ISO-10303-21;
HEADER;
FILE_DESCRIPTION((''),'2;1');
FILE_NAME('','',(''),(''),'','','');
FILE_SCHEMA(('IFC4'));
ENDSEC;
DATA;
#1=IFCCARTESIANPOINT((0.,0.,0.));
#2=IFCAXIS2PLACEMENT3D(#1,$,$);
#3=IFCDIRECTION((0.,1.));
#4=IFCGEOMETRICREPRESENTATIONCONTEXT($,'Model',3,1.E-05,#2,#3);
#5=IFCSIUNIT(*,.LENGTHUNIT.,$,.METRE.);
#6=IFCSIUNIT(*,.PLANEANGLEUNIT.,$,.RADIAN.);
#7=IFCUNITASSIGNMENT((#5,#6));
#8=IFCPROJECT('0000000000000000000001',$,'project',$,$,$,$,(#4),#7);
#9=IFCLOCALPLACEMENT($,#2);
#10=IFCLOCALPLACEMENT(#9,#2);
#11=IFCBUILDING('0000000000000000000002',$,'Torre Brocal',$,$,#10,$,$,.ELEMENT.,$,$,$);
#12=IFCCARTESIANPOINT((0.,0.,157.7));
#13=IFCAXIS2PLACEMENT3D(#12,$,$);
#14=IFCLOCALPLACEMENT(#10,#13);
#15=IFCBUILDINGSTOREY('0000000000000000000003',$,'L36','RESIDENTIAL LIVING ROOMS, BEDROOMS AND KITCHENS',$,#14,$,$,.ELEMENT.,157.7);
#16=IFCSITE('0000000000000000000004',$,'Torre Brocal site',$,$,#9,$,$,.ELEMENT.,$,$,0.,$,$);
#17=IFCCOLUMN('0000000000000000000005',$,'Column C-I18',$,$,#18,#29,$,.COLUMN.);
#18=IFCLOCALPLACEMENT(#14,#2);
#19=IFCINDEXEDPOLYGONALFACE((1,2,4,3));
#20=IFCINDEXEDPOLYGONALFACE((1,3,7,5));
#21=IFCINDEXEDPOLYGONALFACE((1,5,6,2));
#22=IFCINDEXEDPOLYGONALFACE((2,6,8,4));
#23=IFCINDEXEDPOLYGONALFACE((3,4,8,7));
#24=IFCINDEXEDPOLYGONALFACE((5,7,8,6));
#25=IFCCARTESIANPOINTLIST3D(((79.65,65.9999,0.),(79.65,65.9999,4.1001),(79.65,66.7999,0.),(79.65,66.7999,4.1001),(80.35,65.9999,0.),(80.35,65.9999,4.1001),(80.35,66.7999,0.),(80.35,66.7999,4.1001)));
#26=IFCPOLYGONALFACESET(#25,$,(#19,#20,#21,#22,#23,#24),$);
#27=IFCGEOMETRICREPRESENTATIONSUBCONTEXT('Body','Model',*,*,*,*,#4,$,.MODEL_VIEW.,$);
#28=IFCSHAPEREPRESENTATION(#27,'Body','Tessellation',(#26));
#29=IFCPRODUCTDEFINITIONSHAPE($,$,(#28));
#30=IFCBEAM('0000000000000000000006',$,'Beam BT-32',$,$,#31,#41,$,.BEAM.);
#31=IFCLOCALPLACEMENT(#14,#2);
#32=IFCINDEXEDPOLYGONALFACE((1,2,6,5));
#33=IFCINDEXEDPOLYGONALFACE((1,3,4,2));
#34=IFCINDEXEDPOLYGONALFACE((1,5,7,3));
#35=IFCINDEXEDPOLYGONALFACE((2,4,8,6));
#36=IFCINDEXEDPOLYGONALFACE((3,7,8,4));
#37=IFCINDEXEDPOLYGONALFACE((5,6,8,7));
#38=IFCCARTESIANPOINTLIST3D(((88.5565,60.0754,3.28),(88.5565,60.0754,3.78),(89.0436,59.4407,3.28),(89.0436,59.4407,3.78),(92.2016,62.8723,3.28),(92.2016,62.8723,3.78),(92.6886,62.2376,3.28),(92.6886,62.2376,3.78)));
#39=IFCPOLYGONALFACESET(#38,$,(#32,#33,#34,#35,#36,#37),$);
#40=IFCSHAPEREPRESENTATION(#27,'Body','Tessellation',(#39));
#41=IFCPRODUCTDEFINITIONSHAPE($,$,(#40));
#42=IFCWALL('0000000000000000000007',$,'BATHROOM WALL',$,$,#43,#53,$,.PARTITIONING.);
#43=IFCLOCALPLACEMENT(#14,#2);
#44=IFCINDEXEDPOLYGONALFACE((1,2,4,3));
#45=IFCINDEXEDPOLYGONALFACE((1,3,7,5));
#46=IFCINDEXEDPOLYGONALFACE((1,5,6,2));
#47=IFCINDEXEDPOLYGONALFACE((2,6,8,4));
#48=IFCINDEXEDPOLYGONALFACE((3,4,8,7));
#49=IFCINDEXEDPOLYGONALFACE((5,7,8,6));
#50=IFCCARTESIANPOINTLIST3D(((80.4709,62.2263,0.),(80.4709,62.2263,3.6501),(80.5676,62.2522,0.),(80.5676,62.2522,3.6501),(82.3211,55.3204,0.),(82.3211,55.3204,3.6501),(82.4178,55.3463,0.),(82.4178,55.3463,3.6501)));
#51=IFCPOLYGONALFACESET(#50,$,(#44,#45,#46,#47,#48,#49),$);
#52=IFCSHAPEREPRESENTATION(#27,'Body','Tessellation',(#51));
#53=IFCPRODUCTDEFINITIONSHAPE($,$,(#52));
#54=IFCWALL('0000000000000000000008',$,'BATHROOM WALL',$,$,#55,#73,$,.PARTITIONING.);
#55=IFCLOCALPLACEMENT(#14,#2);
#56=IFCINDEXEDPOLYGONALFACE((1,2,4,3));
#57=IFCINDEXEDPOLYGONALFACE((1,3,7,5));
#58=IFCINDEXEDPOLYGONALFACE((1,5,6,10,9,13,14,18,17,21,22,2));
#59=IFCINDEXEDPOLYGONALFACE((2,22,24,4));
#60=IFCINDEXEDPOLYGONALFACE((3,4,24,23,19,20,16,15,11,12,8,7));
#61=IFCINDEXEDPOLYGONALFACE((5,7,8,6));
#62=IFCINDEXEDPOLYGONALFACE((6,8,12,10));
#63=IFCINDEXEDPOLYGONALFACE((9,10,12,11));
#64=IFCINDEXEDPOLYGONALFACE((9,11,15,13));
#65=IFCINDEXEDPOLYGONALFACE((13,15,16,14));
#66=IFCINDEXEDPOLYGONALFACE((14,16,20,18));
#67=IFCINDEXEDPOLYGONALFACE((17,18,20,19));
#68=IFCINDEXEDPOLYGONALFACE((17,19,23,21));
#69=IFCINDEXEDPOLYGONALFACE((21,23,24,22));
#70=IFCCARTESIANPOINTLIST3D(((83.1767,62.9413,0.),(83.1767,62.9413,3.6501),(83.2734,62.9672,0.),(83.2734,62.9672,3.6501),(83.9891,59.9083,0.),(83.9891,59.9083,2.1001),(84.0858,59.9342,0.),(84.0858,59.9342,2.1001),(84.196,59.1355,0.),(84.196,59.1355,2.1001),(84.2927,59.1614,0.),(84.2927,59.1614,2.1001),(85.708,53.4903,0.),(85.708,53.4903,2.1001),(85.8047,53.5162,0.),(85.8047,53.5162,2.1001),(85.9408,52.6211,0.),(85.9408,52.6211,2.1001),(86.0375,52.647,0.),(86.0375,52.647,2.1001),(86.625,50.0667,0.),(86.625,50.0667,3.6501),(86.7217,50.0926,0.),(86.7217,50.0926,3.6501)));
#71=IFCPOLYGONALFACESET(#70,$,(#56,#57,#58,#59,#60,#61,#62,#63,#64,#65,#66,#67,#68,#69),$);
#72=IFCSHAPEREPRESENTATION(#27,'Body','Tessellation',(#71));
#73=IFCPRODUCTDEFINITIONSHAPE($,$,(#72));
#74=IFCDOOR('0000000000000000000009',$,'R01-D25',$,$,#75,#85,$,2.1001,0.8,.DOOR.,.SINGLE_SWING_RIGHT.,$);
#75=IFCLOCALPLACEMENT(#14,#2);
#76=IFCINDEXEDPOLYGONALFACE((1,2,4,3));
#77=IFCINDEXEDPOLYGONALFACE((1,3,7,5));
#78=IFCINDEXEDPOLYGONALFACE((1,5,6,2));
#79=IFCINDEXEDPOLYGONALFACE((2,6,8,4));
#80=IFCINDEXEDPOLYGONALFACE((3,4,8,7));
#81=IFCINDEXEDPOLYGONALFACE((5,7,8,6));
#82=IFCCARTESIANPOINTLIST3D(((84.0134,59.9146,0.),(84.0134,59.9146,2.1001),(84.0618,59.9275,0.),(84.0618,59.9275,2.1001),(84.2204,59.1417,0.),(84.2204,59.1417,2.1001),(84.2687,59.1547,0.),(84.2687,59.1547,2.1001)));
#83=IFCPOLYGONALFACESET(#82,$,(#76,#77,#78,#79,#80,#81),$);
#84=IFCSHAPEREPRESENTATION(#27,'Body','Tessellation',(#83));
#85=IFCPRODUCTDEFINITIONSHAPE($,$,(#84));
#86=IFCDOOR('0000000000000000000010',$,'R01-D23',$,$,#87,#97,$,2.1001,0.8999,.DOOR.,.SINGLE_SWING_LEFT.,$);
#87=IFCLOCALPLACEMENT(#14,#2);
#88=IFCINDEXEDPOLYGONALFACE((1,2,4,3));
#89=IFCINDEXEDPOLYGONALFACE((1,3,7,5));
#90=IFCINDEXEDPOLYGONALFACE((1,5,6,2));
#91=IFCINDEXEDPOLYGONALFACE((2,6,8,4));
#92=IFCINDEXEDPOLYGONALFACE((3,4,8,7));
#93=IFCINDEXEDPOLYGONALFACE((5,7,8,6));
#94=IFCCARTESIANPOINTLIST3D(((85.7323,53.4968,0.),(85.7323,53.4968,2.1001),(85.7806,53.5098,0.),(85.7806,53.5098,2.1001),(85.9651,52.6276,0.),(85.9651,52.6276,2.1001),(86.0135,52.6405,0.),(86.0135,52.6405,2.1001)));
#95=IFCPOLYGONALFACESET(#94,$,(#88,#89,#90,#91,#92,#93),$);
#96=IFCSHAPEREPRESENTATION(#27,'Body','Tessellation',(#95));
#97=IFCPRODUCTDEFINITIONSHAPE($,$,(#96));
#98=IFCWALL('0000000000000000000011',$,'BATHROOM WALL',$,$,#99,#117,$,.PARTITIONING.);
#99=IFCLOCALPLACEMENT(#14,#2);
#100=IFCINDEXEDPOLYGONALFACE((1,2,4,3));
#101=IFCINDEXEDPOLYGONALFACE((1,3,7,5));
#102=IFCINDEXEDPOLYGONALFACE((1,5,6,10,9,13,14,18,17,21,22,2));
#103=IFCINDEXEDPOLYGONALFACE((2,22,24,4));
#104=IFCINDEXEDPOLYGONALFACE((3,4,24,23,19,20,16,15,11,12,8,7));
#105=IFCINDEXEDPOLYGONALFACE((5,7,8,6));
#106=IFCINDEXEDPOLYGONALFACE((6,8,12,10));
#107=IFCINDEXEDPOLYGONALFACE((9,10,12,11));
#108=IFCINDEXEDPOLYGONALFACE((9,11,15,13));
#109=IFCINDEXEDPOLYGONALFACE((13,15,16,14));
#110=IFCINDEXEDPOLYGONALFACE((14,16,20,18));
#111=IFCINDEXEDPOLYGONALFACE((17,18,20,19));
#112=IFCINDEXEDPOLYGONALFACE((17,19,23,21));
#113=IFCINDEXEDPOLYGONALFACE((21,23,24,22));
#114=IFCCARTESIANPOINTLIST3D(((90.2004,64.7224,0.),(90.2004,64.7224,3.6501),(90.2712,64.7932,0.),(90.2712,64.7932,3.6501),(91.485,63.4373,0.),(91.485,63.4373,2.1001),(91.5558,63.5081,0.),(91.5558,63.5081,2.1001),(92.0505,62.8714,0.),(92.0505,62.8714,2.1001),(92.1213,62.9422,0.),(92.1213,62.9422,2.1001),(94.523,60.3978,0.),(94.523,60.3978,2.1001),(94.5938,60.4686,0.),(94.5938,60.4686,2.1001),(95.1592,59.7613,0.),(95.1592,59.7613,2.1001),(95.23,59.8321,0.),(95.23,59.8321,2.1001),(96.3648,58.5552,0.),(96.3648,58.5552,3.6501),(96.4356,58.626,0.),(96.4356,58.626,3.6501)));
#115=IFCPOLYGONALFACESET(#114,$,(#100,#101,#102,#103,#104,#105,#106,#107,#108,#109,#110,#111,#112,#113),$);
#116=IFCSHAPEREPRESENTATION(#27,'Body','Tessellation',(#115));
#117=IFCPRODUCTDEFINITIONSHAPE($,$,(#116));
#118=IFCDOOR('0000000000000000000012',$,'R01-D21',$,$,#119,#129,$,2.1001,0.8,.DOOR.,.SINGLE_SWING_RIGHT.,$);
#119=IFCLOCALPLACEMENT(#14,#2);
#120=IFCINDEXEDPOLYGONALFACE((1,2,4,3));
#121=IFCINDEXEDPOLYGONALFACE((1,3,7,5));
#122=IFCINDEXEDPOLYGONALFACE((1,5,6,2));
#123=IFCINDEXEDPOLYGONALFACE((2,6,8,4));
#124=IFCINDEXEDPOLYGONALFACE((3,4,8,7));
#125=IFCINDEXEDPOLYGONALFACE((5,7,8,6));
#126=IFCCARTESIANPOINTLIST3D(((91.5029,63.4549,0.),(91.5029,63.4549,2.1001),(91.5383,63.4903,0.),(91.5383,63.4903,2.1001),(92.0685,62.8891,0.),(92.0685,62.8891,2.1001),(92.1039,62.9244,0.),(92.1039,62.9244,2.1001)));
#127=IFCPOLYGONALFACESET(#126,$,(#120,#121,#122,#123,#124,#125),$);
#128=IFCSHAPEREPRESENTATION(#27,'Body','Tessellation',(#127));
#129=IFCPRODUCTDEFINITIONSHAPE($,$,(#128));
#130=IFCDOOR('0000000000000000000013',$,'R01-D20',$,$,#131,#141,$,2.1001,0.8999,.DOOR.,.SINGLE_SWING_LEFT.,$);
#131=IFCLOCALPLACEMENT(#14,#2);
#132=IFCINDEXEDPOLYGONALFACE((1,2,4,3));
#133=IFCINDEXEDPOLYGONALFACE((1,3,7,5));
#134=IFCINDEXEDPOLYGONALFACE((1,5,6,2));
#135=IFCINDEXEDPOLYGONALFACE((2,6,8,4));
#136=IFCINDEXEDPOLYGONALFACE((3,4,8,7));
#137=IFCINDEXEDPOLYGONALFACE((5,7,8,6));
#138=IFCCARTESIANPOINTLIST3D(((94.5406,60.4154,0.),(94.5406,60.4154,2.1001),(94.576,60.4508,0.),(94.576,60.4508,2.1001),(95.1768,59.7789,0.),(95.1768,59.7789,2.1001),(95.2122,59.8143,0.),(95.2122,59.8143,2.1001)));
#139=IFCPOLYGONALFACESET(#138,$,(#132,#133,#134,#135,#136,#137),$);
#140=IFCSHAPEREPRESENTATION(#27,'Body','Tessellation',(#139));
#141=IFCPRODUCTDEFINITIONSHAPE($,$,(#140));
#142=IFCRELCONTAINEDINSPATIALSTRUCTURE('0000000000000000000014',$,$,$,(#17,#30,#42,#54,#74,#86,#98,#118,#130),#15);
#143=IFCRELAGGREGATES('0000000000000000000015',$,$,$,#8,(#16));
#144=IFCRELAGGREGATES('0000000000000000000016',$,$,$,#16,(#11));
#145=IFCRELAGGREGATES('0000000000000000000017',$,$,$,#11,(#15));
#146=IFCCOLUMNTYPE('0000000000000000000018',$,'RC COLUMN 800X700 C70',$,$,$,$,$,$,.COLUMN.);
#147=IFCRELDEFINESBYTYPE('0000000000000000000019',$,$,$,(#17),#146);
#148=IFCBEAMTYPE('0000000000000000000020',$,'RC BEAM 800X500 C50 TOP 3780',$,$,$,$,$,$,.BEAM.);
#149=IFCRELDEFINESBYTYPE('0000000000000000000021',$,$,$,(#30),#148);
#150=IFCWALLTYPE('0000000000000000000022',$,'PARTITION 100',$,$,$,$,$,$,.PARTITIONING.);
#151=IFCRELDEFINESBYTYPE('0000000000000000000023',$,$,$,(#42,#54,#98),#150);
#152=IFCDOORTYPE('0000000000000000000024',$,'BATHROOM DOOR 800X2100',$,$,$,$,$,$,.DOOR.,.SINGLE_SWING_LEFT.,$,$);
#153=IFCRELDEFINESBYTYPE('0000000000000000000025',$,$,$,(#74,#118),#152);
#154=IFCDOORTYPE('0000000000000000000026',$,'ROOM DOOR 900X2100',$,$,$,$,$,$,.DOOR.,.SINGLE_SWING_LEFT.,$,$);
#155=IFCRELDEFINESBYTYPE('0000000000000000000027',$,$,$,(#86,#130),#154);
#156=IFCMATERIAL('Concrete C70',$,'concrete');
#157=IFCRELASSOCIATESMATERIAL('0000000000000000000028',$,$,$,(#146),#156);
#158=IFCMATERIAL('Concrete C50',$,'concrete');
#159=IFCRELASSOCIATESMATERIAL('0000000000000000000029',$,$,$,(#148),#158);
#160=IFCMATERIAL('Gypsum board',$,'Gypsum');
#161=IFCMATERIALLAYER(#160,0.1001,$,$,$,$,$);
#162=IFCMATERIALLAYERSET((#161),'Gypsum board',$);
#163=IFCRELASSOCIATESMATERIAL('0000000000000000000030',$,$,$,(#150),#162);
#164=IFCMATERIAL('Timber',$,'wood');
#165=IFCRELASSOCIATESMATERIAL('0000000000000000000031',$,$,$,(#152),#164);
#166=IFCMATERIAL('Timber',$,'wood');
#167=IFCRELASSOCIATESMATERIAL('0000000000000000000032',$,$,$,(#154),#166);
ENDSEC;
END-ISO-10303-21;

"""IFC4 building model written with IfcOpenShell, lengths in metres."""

from ifc_helpers import new_model, si_unit, direction, frame, frame_2d, origin, origin_2d, place, context, subcontext, project, spatial, rectangle, extrude, material, layer, layer_set, material_profile, profile_set, type_object, element, fill, save


model = new_model("IFC4")

# Units and contexts
model_context = context("Model", 3, precision=1e-05, world=origin(), true_north=direction((0.0, 1.0)))
body_context = subcontext(model_context, "Body", "Model", "MODEL_VIEW")
ifc_project = project(units=[si_unit("LENGTHUNIT", "METRE"), si_unit("PLANEANGLEUNIT", "RADIAN")], contexts=[model_context])

# Site, building, storey
site_placement = place(None, origin())
site = spatial("IfcSite", under=ifc_project, at=site_placement, Name="Torre Brocal site", CompositionType="ELEMENT", RefElevation=0.0)
building_placement = place(site_placement, origin())
building = spatial("IfcBuilding", under=site, at=building_placement, Name="Torre Brocal", CompositionType="ELEMENT")
storey_placement = place(building_placement, frame((0.0, 0.0, 157.7)))
storey = spatial("IfcBuildingStorey", under=building, at=storey_placement, Name="L36", Description="RESIDENTIAL LIVING ROOMS, BEDROOMS AND KITCHENS", CompositionType="ELEMENT", Elevation=157.7)

# Column
ifc_material_1 = material(Name="Concrete C70", Category="concrete")
ifc_material_profile_1 = material_profile(ifc_material_1, rectangle(XDim=0.8, YDim=0.7, at=origin_2d()), Name="RC 800X700")
ifc_profile_set_1 = profile_set([ifc_material_profile_1], Name="Concrete C70")
column_type = type_object("IfcColumnType", Name="RC COLUMN 800X700 C70", PredefinedType="COLUMN", material=ifc_profile_set_1)
column_placement = place(storey_placement, frame((80.0, 66.3999, 0.0), z_axis=(0.0, 0.0, 1.0), x_axis=(0.0, -1.0, 0.0)))
element("IfcColumn", 1, at=column_placement, inside=storey, type_object=column_type, Name="Column C-I18", PredefinedType="COLUMN", context=body_context, shape_type="SweptSolid", body=[
    extrude(rectangle(XDim=0.8, YDim=0.7, at=origin_2d()), origin(), (0.0, 0.0, 1.0), 4.1001),
])

# Beam
ifc_material_2 = material(Name="Concrete C50", Category="concrete")
ifc_material_profile_2 = material_profile(ifc_material_2, rectangle(XDim=0.8, YDim=0.5, at=origin_2d()), Name="RC 800X500")
ifc_profile_set_2 = profile_set([ifc_material_profile_2], Name="Concrete C50")
beam_type = type_object("IfcBeamType", Name="RC BEAM 800X500 C50 TOP 3780", PredefinedType="BEAM", material=ifc_profile_set_2)
beam_placement = place(storey_placement, frame((88.8, 59.7581, 3.53), z_axis=(0.793358, 0.608755, 0.0), x_axis=(-0.608755, 0.793358, 0.0)))
element("IfcBeam", 2, at=beam_placement, inside=storey, type_object=beam_type, Name="Beam BT-32", PredefinedType="BEAM", context=body_context, shape_type="SweptSolid", body=[
    extrude(rectangle(XDim=0.8, YDim=0.5, at=origin_2d()), origin(), (0.0, 0.0, 1.0), 4.5945),
])

# Wall
ifc_material_3 = material(Name="Gypsum board", Category="Gypsum")
ifc_layer_1 = layer(ifc_material_3, 0.1001)
ifc_layer_set_1 = layer_set([ifc_layer_1], Name="Gypsum board")
wall_type_1 = type_object("IfcWallType", Name="PARTITION 100", PredefinedType="PARTITIONING", material=ifc_layer_set_1)
wall_1_placement = place(storey_placement, frame((80.5193, 62.2393, 0.0), z_axis=(0.0, 0.0, 1.0), x_axis=(0.25878, -0.965936, 0.0)))
element("IfcWall", 3, at=wall_1_placement, inside=storey, type_object=wall_type_1, Name="BATHROOM WALL", PredefinedType="PARTITIONING", context=body_context, shape_type="SweptSolid", body=[
    extrude(rectangle(XDim=7.1494, YDim=0.1001, at=frame_2d((3.5747, 0.0))), origin(), (0.0, 0.0, 1.0), 3.6501),
])

# Walls, openings, doors
wall_2_placement = place(storey_placement, frame((83.2251, 62.9541, 0.0), z_axis=(0.0, 0.0, 1.0), x_axis=(0.258716, -0.965953, 0.0)))
wall_2 = element("IfcWall", 4, at=wall_2_placement, inside=storey, type_object=wall_type_1, Name="BATHROOM WALL", PredefinedType="PARTITIONING", context=body_context, shape_type="SweptSolid", body=[
    extrude(rectangle(XDim=13.3284, YDim=0.1001, at=frame_2d((6.6641, 0.0))), origin(), (0.0, 0.0, 1.0), 3.6501),
])
opening_1_placement = place(wall_2_placement, frame((9.7839, 0.0, 0.0)))
opening_1 = element("IfcOpeningElement", 5, at=opening_1_placement, cuts=wall_2, PredefinedType="OPENING", context=body_context, shape_type="SweptSolid", body=[
    extrude(rectangle(XDim=0.8999, YDim=2.1001, at=frame_2d((0.45, 1.05))), frame((0.0, 0.0601, 0.0), z_axis=(0.0, -1.0, 0.0), x_axis=(1.0, 0.0, 0.0)), (0.0, 0.0, 1.0), 0.1201),
])
opening_2_placement = place(wall_2_placement, frame((3.1399, 0.0, 0.0)))
opening_2 = element("IfcOpeningElement", 6, at=opening_2_placement, cuts=wall_2, PredefinedType="OPENING", context=body_context, shape_type="SweptSolid", body=[
    extrude(rectangle(XDim=0.8, YDim=2.1001, at=frame_2d((0.3999, 1.05))), frame((0.0, 0.0601, 0.0), z_axis=(0.0, -1.0, 0.0), x_axis=(1.0, 0.0, 0.0)), (0.0, 0.0, 1.0), 0.1201),
])
ifc_material_4 = material(Name="Timber", Category="wood")
door_type_1 = type_object("IfcDoorType", Name="BATHROOM DOOR 800X2100", OperationType="SINGLE_SWING_LEFT", PredefinedType="DOOR", material=ifc_material_4)
door_1_placement = place(opening_2_placement, frame((0.8, 0.0, 0.0), z_axis=(0.0, 0.0, 1.0), x_axis=(-1.0, 0.0, 0.0)))
door_1 = element("IfcDoor", 7, at=door_1_placement, inside=storey, type_object=door_type_1, Name="R01-D25", OperationType="SINGLE_SWING_RIGHT", OverallHeight=2.1001, OverallWidth=0.8, PredefinedType="DOOR", context=body_context, shape_type="SweptSolid", body=[
    extrude(rectangle(XDim=0.8, YDim=2.1001, at=frame_2d((0.3999, 1.05))), frame((0.0, 0.0249, 0.0), z_axis=(0.0, -1.0, 0.0), x_axis=(1.0, 0.0, 0.0)), (0.0, 0.0, 1.0), 0.05),
])
fill(opening_2, door_1)
ifc_material_5 = material(Name="Timber", Category="wood")
door_type_2 = type_object("IfcDoorType", Name="ROOM DOOR 900X2100", OperationType="SINGLE_SWING_LEFT", PredefinedType="DOOR", material=ifc_material_5)
door_2_placement = place(opening_1_placement, frame((0.8999, 0.0, 0.0), z_axis=(0.0, 0.0, 1.0), x_axis=(-1.0, 0.0, 0.0)))
door_2 = element("IfcDoor", 8, at=door_2_placement, inside=storey, type_object=door_type_2, Name="R01-D23", OperationType="SINGLE_SWING_LEFT", OverallHeight=2.1001, OverallWidth=0.8999, PredefinedType="DOOR", context=body_context, shape_type="SweptSolid", body=[
    extrude(rectangle(XDim=0.8999, YDim=2.1001, at=frame_2d((0.45, 1.05))), frame((0.0, 0.0249, 0.0), z_axis=(0.0, -1.0, 0.0), x_axis=(1.0, 0.0, 0.0)), (0.0, 0.0, 1.0), 0.05),
])
fill(opening_1, door_2)
wall_3_placement = place(storey_placement, frame((90.2358, 64.7578, 0.0), z_axis=(0.0, 0.0, 1.0), x_axis=(0.706939, -0.707275, 0.0)))
wall_3 = element("IfcWall", 9, at=wall_3_placement, inside=storey, type_object=wall_type_1, Name="BATHROOM WALL", PredefinedType="PARTITIONING", context=body_context, shape_type="SweptSolid", body=[
    extrude(rectangle(XDim=8.7197, YDim=0.1001, at=frame_2d((4.3599, 0.0))), origin(), (0.0, 0.0, 1.0), 3.6501),
])
opening_3_placement = place(wall_3_placement, frame((6.1145, 0.0, 0.0)))
opening_3 = element("IfcOpeningElement", 10, at=opening_3_placement, cuts=wall_3, PredefinedType="OPENING", context=body_context, shape_type="SweptSolid", body=[
    extrude(rectangle(XDim=0.8999, YDim=2.1001, at=frame_2d((0.45, 1.05))), frame((0.0, 0.0601, 0.0), z_axis=(0.0, -1.0, 0.0), x_axis=(1.0, 0.0, 0.0)), (0.0, 0.0, 1.0), 0.1201),
])
opening_4_placement = place(wall_3_placement, frame((1.8171, 0.0, 0.0)))
opening_4 = element("IfcOpeningElement", 11, at=opening_4_placement, cuts=wall_3, PredefinedType="OPENING", context=body_context, shape_type="SweptSolid", body=[
    extrude(rectangle(XDim=0.8, YDim=2.1001, at=frame_2d((0.3999, 1.05))), frame((0.0, 0.0601, 0.0), z_axis=(0.0, -1.0, 0.0), x_axis=(1.0, 0.0, 0.0)), (0.0, 0.0, 1.0), 0.1201),
])
door_3_placement = place(opening_4_placement, frame((0.8, 0.0, 0.0), z_axis=(0.0, 0.0, 1.0), x_axis=(-1.0, 0.0, 0.0)))
door_3 = element("IfcDoor", 12, at=door_3_placement, inside=storey, type_object=door_type_1, Name="R01-D21", OperationType="SINGLE_SWING_RIGHT", OverallHeight=2.1001, OverallWidth=0.8, PredefinedType="DOOR", context=body_context, shape_type="SweptSolid", body=[
    extrude(rectangle(XDim=0.8, YDim=2.1001, at=frame_2d((0.3999, 1.05))), frame((0.0, 0.0249, 0.0), z_axis=(0.0, -1.0, 0.0), x_axis=(1.0, 0.0, 0.0)), (0.0, 0.0, 1.0), 0.05),
])
fill(opening_4, door_3)
door_4_placement = place(opening_3_placement, origin())
door_4 = element("IfcDoor", 13, at=door_4_placement, inside=storey, type_object=door_type_2, Name="R01-D20", OperationType="SINGLE_SWING_LEFT", OverallHeight=2.1001, OverallWidth=0.8999, PredefinedType="DOOR", context=body_context, shape_type="SweptSolid", body=[
    extrude(rectangle(XDim=0.8999, YDim=2.1001, at=frame_2d((0.45, 1.05))), frame((0.0, 0.0249, 0.0), z_axis=(0.0, -1.0, 0.0), x_axis=(1.0, 0.0, 0.0)), (0.0, 0.0, 1.0), 0.05),
])
fill(opening_3, door_4)

save(model, "model.ifc")
